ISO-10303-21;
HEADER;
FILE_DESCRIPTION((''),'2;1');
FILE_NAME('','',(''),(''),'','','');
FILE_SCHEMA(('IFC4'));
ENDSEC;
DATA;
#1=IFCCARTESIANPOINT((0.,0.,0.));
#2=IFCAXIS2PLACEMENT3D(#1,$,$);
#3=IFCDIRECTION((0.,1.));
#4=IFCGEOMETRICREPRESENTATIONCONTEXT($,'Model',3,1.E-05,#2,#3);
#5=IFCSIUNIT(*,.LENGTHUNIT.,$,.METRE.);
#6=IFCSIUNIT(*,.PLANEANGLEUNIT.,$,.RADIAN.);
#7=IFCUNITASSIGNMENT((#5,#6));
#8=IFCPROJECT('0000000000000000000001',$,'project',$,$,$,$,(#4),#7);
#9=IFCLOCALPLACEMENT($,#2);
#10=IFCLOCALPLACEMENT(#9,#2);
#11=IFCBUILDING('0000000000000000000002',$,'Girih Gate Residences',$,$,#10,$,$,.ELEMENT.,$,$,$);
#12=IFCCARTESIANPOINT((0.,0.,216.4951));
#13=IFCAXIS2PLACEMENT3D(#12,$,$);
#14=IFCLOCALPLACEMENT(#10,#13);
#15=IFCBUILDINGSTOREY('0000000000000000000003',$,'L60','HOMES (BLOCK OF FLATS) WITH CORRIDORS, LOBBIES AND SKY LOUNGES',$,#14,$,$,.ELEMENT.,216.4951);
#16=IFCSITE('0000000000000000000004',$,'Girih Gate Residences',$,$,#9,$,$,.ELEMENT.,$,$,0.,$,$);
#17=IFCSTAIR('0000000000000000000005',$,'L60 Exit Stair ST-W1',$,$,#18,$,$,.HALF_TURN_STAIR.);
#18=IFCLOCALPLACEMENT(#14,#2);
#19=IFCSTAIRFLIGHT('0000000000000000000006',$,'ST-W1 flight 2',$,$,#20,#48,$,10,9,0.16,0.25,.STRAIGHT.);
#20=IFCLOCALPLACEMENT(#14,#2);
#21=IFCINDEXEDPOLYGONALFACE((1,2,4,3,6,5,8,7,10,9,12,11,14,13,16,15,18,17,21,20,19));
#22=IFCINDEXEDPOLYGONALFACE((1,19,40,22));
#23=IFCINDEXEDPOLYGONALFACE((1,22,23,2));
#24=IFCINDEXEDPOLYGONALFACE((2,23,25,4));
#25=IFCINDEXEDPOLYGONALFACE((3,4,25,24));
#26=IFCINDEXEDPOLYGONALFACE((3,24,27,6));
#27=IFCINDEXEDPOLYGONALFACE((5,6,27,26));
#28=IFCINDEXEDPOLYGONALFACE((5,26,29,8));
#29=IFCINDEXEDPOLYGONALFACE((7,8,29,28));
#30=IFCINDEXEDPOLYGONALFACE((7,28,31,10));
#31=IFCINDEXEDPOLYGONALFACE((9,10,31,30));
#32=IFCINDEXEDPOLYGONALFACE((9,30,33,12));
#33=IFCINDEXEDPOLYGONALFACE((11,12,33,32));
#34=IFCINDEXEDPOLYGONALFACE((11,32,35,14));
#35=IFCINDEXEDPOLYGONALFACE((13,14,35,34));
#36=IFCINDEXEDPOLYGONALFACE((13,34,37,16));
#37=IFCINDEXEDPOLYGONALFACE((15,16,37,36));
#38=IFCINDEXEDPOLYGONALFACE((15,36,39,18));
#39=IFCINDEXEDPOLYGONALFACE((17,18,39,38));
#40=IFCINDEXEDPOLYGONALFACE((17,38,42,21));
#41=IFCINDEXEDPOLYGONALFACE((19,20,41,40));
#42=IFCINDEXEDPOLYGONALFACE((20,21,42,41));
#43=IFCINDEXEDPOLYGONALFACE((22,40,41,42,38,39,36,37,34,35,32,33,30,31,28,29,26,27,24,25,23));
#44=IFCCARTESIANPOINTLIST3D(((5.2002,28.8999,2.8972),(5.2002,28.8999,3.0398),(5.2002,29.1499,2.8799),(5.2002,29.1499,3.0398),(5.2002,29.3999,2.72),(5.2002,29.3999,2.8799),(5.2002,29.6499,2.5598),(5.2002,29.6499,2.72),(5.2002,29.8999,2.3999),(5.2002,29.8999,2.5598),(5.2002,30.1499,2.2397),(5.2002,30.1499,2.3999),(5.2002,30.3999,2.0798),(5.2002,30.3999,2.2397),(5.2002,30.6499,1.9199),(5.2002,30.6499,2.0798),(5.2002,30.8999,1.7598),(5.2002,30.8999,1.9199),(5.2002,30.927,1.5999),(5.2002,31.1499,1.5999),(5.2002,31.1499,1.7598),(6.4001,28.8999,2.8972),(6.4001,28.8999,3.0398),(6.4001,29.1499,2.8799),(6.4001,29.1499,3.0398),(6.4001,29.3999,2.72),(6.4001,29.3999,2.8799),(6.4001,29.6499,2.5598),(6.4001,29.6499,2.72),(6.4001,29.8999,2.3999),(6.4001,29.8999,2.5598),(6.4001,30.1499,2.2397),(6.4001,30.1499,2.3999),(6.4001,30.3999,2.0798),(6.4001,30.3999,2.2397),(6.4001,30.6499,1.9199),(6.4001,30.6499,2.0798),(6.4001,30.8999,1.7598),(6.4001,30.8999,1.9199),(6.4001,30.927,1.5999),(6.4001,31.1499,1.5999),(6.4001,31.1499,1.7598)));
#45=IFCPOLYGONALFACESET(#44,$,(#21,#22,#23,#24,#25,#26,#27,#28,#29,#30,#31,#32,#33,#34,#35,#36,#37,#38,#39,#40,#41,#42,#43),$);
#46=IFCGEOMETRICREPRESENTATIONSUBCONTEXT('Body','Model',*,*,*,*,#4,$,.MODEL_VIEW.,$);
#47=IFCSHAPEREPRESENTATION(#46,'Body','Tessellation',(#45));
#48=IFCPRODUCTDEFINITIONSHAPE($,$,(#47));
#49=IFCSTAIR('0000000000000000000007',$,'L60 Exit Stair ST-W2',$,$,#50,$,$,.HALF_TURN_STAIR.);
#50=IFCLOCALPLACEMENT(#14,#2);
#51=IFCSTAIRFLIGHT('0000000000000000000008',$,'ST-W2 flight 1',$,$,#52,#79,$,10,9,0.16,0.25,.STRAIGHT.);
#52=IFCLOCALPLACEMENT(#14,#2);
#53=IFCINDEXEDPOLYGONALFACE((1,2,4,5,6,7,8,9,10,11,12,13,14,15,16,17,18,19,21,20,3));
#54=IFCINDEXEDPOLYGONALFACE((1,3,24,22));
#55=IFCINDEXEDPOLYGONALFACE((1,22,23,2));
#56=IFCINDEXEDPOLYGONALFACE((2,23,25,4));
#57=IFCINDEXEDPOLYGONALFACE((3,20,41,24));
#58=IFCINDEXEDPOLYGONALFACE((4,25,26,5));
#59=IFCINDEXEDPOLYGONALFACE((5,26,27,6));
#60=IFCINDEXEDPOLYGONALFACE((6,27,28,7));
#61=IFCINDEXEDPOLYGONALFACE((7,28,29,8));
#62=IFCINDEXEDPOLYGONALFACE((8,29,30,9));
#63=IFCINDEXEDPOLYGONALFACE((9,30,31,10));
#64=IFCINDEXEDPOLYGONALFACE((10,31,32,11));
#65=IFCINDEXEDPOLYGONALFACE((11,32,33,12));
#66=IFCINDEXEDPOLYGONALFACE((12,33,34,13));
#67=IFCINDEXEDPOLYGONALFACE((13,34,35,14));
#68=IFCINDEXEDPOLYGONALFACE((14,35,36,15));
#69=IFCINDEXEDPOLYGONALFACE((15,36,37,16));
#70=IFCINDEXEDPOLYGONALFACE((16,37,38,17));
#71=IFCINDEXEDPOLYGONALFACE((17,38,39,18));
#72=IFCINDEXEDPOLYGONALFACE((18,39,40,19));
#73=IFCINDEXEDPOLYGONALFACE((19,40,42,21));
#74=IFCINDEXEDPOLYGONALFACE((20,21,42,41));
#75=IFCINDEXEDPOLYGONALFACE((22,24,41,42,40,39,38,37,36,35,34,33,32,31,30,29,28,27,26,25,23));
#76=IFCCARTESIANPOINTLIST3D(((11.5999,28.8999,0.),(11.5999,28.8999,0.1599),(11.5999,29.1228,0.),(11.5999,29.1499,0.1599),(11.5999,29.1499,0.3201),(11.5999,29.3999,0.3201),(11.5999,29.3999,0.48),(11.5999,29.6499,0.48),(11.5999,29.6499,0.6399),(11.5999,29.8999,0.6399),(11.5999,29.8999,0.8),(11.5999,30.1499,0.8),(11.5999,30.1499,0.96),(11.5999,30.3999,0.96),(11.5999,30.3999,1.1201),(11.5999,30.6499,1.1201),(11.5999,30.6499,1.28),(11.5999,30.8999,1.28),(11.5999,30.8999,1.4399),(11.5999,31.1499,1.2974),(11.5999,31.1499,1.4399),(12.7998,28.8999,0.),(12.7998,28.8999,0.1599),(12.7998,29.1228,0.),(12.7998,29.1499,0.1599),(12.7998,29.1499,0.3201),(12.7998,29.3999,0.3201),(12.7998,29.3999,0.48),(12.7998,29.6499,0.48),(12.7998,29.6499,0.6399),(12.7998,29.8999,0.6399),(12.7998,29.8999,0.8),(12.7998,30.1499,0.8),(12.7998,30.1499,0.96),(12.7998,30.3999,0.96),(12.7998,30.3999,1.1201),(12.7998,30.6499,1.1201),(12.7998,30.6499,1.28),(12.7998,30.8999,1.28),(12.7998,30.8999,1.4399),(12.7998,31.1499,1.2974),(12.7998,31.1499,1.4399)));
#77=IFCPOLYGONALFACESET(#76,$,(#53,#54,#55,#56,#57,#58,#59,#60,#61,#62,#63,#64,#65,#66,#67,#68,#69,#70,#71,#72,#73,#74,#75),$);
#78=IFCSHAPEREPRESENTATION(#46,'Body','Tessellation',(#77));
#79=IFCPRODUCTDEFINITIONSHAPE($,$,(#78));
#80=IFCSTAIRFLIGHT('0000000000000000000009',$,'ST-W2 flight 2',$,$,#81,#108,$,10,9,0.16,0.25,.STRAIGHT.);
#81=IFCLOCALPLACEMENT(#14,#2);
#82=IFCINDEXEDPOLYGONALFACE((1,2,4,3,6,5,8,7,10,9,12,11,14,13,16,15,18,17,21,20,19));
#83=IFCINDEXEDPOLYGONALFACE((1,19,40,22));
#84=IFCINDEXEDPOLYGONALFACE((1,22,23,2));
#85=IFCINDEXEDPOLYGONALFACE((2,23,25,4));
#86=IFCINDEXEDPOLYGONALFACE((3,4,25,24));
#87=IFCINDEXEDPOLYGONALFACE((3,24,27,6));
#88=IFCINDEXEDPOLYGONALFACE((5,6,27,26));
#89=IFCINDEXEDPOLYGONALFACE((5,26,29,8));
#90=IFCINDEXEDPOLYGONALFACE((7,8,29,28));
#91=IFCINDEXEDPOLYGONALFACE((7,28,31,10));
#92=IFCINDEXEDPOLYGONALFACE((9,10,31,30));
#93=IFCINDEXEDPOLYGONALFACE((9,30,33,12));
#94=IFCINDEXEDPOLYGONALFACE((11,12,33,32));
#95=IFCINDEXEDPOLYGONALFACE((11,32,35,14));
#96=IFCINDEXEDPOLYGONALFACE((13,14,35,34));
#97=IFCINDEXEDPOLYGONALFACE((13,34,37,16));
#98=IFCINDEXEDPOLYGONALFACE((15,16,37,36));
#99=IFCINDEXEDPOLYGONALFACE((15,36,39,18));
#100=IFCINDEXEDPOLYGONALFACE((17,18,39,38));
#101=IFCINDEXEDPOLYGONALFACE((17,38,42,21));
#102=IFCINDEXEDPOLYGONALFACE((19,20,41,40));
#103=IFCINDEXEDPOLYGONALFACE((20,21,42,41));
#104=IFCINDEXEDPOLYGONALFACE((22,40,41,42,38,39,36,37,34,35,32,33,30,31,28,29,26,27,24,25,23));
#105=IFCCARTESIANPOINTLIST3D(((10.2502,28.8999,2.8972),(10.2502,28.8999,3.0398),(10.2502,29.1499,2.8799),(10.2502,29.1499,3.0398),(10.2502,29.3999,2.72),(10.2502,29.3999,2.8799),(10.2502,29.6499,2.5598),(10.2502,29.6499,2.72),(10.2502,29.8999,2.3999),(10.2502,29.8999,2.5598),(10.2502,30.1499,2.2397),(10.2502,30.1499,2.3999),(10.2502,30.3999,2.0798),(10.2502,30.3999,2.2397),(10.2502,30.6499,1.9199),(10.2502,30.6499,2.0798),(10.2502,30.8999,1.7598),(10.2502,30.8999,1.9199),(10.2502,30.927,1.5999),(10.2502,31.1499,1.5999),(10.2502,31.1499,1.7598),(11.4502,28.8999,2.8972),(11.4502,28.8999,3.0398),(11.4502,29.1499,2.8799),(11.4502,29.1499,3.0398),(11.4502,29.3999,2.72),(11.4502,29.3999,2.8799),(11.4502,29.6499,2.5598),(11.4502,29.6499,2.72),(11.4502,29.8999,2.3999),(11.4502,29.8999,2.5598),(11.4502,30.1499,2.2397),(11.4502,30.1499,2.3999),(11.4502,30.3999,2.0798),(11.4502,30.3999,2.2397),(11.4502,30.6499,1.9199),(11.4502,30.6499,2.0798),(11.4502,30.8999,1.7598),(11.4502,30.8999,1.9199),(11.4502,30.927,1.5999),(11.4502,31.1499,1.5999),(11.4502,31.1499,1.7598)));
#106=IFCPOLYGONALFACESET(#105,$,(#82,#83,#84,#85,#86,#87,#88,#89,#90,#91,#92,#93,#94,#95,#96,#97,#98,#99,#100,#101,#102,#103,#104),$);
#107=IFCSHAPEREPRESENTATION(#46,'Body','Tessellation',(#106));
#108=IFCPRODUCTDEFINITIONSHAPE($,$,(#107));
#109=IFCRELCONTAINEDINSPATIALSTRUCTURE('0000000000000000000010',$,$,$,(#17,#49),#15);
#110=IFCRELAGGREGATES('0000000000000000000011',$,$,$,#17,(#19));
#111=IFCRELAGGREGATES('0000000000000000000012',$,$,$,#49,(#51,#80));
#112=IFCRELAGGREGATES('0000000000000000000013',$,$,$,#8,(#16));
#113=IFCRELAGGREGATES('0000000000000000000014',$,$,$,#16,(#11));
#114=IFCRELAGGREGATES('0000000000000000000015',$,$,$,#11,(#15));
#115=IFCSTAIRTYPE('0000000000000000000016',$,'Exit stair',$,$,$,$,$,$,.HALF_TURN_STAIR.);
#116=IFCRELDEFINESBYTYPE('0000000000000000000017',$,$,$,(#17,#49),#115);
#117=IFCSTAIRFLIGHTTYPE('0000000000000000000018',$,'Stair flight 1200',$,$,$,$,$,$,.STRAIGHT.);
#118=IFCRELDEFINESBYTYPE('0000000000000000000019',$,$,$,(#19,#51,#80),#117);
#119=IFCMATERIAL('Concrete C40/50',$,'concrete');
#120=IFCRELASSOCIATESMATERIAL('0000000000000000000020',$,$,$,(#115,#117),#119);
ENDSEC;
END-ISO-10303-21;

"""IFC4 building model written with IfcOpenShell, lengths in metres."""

from ifc_helpers import new_model, si_unit, direction, frame, origin, place, context, subcontext, project, spatial, polyline, outline, extrude, material, type_object, element, aggregate, save


model = new_model("IFC4")

# Units and contexts
model_context = context("Model", 3, precision=1e-05, world=origin(), true_north=direction((0.0, 1.0)))
body_context = subcontext(model_context, "Body", "Model", "MODEL_VIEW")
ifc_project = project(units=[si_unit("LENGTHUNIT", "METRE"), si_unit("PLANEANGLEUNIT", "RADIAN")], contexts=[model_context])

# Site, building, storey
site_placement = place(None, origin())
site = spatial("IfcSite", under=ifc_project, at=site_placement, Name="Girih Gate Residences", CompositionType="ELEMENT", RefElevation=0.0)
building_placement = place(site_placement, origin())
building = spatial("IfcBuilding", under=site, at=building_placement, Name="Girih Gate Residences", CompositionType="ELEMENT")
storey_placement = place(building_placement, frame((0.0, 0.0, 216.4951)))
storey = spatial("IfcBuildingStorey", under=building, at=storey_placement, Name="L60", Description="HOMES (BLOCK OF FLATS) WITH CORRIDORS, LOBBIES AND SKY LOUNGES", CompositionType="ELEMENT", Elevation=216.4951)

# Shared definitions
ifc_material_1 = material(Name="Concrete C40/50", Category="concrete")

# Stairs, stair flights
stair_type = type_object("IfcStairType", Name="Exit stair", PredefinedType="HALF_TURN_STAIR", material=ifc_material_1)
stair_1_placement = place(storey_placement, origin())
stair_1 = element("IfcStair", 1, at=stair_1_placement, inside=storey, type_object=stair_type, Name="L60 Exit Stair ST-W1", PredefinedType="HALF_TURN_STAIR")
stair_flight_type = type_object("IfcStairFlightType", Name="Stair flight 1200", PredefinedType="STRAIGHT", material=ifc_material_1)
stair_flight_1_placement = place(storey_placement, frame((5.8, 31.1499, 1.5999), z_axis=(0.0, 0.0, 1.0), x_axis=(0.0, -1.0, 0.0)))
stair_flight_1 = element("IfcStairFlight", 2, at=stair_flight_1_placement, type_object=stair_flight_type, Name="ST-W1 flight 2", NumberOfRisers=10, NumberOfTreads=9, PredefinedType="STRAIGHT", RiserHeight=0.16, TreadLength=0.25, context=body_context, shape_type="SweptSolid", body=[
    extrude(outline(polyline([(0.0, 0.0), (0.0, 0.1599), (0.25, 0.1599), (0.25, 0.3201), (0.5, 0.3201), (0.5, 0.48), (0.75, 0.48), (0.75, 0.6399), (1.0, 0.6399), (1.0, 0.8), (1.25, 0.8), (1.25, 0.96), (1.5, 0.96), (1.5, 1.1201), (1.75, 1.1201), (1.75, 1.28), (2.0, 1.28), (2.0, 1.4399), (2.25, 1.4399), (2.25, 1.6001), (2.25, 1.2974), (0.2229, 0.0), (0.0, 0.0)])), frame((0.0, 0.6001, 0.0), z_axis=(0.0, -1.0, 0.0), x_axis=(1.0, 0.0, 0.0)), (0.0, 0.0, 1.0), 1.2),
])
aggregate(stair_1, [stair_flight_1])
stair_2_placement = place(storey_placement, origin())
stair_2 = element("IfcStair", 3, at=stair_2_placement, inside=storey, type_object=stair_type, Name="L60 Exit Stair ST-W2", PredefinedType="HALF_TURN_STAIR")
stair_flight_2_placement = place(storey_placement, frame((12.2, 28.8999, 0.0), z_axis=(0.0, 0.0, 1.0), x_axis=(0.0, 1.0, 0.0)))
stair_flight_2 = element("IfcStairFlight", 4, at=stair_flight_2_placement, type_object=stair_flight_type, Name="ST-W2 flight 1", NumberOfRisers=10, NumberOfTreads=9, PredefinedType="STRAIGHT", RiserHeight=0.16, TreadLength=0.25, context=body_context, shape_type="SweptSolid", body=[
    extrude(outline(polyline([(0.0, 0.0), (0.0, 0.1599), (0.25, 0.1599), (0.25, 0.3201), (0.5, 0.3201), (0.5, 0.48), (0.75, 0.48), (0.75, 0.6399), (1.0, 0.6399), (1.0, 0.8), (1.25, 0.8), (1.25, 0.96), (1.5, 0.96), (1.5, 1.1201), (1.75, 1.1201), (1.75, 1.28), (2.0, 1.28), (2.0, 1.4399), (2.25, 1.4399), (2.25, 1.6001), (2.25, 1.2974), (0.2229, 0.0), (0.0, 0.0)])), frame((0.0, 0.6001, 0.0), z_axis=(0.0, -1.0, 0.0), x_axis=(1.0, 0.0, 0.0)), (0.0, 0.0, 1.0), 1.2),
])
stair_flight_3_placement = place(storey_placement, frame((10.8501, 31.1499, 1.5999), z_axis=(0.0, 0.0, 1.0), x_axis=(0.0, -1.0, 0.0)))
stair_flight_3 = element("IfcStairFlight", 5, at=stair_flight_3_placement, type_object=stair_flight_type, Name="ST-W2 flight 2", NumberOfRisers=10, NumberOfTreads=9, PredefinedType="STRAIGHT", RiserHeight=0.16, TreadLength=0.25, context=body_context, shape_type="SweptSolid", body=[
    extrude(outline(polyline([(0.0, 0.0), (0.0, 0.1599), (0.25, 0.1599), (0.25, 0.3201), (0.5, 0.3201), (0.5, 0.48), (0.75, 0.48), (0.75, 0.6399), (1.0, 0.6399), (1.0, 0.8), (1.25, 0.8), (1.25, 0.96), (1.5, 0.96), (1.5, 1.1201), (1.75, 1.1201), (1.75, 1.28), (2.0, 1.28), (2.0, 1.4399), (2.25, 1.4399), (2.25, 1.6001), (2.25, 1.2974), (0.2229, 0.0), (0.0, 0.0)])), frame((0.0, 0.6001, 0.0), z_axis=(0.0, -1.0, 0.0), x_axis=(1.0, 0.0, 0.0)), (0.0, 0.0, 1.0), 1.2),
])
aggregate(stair_2, [stair_flight_2, stair_flight_3])

save(model, "model.ifc")
